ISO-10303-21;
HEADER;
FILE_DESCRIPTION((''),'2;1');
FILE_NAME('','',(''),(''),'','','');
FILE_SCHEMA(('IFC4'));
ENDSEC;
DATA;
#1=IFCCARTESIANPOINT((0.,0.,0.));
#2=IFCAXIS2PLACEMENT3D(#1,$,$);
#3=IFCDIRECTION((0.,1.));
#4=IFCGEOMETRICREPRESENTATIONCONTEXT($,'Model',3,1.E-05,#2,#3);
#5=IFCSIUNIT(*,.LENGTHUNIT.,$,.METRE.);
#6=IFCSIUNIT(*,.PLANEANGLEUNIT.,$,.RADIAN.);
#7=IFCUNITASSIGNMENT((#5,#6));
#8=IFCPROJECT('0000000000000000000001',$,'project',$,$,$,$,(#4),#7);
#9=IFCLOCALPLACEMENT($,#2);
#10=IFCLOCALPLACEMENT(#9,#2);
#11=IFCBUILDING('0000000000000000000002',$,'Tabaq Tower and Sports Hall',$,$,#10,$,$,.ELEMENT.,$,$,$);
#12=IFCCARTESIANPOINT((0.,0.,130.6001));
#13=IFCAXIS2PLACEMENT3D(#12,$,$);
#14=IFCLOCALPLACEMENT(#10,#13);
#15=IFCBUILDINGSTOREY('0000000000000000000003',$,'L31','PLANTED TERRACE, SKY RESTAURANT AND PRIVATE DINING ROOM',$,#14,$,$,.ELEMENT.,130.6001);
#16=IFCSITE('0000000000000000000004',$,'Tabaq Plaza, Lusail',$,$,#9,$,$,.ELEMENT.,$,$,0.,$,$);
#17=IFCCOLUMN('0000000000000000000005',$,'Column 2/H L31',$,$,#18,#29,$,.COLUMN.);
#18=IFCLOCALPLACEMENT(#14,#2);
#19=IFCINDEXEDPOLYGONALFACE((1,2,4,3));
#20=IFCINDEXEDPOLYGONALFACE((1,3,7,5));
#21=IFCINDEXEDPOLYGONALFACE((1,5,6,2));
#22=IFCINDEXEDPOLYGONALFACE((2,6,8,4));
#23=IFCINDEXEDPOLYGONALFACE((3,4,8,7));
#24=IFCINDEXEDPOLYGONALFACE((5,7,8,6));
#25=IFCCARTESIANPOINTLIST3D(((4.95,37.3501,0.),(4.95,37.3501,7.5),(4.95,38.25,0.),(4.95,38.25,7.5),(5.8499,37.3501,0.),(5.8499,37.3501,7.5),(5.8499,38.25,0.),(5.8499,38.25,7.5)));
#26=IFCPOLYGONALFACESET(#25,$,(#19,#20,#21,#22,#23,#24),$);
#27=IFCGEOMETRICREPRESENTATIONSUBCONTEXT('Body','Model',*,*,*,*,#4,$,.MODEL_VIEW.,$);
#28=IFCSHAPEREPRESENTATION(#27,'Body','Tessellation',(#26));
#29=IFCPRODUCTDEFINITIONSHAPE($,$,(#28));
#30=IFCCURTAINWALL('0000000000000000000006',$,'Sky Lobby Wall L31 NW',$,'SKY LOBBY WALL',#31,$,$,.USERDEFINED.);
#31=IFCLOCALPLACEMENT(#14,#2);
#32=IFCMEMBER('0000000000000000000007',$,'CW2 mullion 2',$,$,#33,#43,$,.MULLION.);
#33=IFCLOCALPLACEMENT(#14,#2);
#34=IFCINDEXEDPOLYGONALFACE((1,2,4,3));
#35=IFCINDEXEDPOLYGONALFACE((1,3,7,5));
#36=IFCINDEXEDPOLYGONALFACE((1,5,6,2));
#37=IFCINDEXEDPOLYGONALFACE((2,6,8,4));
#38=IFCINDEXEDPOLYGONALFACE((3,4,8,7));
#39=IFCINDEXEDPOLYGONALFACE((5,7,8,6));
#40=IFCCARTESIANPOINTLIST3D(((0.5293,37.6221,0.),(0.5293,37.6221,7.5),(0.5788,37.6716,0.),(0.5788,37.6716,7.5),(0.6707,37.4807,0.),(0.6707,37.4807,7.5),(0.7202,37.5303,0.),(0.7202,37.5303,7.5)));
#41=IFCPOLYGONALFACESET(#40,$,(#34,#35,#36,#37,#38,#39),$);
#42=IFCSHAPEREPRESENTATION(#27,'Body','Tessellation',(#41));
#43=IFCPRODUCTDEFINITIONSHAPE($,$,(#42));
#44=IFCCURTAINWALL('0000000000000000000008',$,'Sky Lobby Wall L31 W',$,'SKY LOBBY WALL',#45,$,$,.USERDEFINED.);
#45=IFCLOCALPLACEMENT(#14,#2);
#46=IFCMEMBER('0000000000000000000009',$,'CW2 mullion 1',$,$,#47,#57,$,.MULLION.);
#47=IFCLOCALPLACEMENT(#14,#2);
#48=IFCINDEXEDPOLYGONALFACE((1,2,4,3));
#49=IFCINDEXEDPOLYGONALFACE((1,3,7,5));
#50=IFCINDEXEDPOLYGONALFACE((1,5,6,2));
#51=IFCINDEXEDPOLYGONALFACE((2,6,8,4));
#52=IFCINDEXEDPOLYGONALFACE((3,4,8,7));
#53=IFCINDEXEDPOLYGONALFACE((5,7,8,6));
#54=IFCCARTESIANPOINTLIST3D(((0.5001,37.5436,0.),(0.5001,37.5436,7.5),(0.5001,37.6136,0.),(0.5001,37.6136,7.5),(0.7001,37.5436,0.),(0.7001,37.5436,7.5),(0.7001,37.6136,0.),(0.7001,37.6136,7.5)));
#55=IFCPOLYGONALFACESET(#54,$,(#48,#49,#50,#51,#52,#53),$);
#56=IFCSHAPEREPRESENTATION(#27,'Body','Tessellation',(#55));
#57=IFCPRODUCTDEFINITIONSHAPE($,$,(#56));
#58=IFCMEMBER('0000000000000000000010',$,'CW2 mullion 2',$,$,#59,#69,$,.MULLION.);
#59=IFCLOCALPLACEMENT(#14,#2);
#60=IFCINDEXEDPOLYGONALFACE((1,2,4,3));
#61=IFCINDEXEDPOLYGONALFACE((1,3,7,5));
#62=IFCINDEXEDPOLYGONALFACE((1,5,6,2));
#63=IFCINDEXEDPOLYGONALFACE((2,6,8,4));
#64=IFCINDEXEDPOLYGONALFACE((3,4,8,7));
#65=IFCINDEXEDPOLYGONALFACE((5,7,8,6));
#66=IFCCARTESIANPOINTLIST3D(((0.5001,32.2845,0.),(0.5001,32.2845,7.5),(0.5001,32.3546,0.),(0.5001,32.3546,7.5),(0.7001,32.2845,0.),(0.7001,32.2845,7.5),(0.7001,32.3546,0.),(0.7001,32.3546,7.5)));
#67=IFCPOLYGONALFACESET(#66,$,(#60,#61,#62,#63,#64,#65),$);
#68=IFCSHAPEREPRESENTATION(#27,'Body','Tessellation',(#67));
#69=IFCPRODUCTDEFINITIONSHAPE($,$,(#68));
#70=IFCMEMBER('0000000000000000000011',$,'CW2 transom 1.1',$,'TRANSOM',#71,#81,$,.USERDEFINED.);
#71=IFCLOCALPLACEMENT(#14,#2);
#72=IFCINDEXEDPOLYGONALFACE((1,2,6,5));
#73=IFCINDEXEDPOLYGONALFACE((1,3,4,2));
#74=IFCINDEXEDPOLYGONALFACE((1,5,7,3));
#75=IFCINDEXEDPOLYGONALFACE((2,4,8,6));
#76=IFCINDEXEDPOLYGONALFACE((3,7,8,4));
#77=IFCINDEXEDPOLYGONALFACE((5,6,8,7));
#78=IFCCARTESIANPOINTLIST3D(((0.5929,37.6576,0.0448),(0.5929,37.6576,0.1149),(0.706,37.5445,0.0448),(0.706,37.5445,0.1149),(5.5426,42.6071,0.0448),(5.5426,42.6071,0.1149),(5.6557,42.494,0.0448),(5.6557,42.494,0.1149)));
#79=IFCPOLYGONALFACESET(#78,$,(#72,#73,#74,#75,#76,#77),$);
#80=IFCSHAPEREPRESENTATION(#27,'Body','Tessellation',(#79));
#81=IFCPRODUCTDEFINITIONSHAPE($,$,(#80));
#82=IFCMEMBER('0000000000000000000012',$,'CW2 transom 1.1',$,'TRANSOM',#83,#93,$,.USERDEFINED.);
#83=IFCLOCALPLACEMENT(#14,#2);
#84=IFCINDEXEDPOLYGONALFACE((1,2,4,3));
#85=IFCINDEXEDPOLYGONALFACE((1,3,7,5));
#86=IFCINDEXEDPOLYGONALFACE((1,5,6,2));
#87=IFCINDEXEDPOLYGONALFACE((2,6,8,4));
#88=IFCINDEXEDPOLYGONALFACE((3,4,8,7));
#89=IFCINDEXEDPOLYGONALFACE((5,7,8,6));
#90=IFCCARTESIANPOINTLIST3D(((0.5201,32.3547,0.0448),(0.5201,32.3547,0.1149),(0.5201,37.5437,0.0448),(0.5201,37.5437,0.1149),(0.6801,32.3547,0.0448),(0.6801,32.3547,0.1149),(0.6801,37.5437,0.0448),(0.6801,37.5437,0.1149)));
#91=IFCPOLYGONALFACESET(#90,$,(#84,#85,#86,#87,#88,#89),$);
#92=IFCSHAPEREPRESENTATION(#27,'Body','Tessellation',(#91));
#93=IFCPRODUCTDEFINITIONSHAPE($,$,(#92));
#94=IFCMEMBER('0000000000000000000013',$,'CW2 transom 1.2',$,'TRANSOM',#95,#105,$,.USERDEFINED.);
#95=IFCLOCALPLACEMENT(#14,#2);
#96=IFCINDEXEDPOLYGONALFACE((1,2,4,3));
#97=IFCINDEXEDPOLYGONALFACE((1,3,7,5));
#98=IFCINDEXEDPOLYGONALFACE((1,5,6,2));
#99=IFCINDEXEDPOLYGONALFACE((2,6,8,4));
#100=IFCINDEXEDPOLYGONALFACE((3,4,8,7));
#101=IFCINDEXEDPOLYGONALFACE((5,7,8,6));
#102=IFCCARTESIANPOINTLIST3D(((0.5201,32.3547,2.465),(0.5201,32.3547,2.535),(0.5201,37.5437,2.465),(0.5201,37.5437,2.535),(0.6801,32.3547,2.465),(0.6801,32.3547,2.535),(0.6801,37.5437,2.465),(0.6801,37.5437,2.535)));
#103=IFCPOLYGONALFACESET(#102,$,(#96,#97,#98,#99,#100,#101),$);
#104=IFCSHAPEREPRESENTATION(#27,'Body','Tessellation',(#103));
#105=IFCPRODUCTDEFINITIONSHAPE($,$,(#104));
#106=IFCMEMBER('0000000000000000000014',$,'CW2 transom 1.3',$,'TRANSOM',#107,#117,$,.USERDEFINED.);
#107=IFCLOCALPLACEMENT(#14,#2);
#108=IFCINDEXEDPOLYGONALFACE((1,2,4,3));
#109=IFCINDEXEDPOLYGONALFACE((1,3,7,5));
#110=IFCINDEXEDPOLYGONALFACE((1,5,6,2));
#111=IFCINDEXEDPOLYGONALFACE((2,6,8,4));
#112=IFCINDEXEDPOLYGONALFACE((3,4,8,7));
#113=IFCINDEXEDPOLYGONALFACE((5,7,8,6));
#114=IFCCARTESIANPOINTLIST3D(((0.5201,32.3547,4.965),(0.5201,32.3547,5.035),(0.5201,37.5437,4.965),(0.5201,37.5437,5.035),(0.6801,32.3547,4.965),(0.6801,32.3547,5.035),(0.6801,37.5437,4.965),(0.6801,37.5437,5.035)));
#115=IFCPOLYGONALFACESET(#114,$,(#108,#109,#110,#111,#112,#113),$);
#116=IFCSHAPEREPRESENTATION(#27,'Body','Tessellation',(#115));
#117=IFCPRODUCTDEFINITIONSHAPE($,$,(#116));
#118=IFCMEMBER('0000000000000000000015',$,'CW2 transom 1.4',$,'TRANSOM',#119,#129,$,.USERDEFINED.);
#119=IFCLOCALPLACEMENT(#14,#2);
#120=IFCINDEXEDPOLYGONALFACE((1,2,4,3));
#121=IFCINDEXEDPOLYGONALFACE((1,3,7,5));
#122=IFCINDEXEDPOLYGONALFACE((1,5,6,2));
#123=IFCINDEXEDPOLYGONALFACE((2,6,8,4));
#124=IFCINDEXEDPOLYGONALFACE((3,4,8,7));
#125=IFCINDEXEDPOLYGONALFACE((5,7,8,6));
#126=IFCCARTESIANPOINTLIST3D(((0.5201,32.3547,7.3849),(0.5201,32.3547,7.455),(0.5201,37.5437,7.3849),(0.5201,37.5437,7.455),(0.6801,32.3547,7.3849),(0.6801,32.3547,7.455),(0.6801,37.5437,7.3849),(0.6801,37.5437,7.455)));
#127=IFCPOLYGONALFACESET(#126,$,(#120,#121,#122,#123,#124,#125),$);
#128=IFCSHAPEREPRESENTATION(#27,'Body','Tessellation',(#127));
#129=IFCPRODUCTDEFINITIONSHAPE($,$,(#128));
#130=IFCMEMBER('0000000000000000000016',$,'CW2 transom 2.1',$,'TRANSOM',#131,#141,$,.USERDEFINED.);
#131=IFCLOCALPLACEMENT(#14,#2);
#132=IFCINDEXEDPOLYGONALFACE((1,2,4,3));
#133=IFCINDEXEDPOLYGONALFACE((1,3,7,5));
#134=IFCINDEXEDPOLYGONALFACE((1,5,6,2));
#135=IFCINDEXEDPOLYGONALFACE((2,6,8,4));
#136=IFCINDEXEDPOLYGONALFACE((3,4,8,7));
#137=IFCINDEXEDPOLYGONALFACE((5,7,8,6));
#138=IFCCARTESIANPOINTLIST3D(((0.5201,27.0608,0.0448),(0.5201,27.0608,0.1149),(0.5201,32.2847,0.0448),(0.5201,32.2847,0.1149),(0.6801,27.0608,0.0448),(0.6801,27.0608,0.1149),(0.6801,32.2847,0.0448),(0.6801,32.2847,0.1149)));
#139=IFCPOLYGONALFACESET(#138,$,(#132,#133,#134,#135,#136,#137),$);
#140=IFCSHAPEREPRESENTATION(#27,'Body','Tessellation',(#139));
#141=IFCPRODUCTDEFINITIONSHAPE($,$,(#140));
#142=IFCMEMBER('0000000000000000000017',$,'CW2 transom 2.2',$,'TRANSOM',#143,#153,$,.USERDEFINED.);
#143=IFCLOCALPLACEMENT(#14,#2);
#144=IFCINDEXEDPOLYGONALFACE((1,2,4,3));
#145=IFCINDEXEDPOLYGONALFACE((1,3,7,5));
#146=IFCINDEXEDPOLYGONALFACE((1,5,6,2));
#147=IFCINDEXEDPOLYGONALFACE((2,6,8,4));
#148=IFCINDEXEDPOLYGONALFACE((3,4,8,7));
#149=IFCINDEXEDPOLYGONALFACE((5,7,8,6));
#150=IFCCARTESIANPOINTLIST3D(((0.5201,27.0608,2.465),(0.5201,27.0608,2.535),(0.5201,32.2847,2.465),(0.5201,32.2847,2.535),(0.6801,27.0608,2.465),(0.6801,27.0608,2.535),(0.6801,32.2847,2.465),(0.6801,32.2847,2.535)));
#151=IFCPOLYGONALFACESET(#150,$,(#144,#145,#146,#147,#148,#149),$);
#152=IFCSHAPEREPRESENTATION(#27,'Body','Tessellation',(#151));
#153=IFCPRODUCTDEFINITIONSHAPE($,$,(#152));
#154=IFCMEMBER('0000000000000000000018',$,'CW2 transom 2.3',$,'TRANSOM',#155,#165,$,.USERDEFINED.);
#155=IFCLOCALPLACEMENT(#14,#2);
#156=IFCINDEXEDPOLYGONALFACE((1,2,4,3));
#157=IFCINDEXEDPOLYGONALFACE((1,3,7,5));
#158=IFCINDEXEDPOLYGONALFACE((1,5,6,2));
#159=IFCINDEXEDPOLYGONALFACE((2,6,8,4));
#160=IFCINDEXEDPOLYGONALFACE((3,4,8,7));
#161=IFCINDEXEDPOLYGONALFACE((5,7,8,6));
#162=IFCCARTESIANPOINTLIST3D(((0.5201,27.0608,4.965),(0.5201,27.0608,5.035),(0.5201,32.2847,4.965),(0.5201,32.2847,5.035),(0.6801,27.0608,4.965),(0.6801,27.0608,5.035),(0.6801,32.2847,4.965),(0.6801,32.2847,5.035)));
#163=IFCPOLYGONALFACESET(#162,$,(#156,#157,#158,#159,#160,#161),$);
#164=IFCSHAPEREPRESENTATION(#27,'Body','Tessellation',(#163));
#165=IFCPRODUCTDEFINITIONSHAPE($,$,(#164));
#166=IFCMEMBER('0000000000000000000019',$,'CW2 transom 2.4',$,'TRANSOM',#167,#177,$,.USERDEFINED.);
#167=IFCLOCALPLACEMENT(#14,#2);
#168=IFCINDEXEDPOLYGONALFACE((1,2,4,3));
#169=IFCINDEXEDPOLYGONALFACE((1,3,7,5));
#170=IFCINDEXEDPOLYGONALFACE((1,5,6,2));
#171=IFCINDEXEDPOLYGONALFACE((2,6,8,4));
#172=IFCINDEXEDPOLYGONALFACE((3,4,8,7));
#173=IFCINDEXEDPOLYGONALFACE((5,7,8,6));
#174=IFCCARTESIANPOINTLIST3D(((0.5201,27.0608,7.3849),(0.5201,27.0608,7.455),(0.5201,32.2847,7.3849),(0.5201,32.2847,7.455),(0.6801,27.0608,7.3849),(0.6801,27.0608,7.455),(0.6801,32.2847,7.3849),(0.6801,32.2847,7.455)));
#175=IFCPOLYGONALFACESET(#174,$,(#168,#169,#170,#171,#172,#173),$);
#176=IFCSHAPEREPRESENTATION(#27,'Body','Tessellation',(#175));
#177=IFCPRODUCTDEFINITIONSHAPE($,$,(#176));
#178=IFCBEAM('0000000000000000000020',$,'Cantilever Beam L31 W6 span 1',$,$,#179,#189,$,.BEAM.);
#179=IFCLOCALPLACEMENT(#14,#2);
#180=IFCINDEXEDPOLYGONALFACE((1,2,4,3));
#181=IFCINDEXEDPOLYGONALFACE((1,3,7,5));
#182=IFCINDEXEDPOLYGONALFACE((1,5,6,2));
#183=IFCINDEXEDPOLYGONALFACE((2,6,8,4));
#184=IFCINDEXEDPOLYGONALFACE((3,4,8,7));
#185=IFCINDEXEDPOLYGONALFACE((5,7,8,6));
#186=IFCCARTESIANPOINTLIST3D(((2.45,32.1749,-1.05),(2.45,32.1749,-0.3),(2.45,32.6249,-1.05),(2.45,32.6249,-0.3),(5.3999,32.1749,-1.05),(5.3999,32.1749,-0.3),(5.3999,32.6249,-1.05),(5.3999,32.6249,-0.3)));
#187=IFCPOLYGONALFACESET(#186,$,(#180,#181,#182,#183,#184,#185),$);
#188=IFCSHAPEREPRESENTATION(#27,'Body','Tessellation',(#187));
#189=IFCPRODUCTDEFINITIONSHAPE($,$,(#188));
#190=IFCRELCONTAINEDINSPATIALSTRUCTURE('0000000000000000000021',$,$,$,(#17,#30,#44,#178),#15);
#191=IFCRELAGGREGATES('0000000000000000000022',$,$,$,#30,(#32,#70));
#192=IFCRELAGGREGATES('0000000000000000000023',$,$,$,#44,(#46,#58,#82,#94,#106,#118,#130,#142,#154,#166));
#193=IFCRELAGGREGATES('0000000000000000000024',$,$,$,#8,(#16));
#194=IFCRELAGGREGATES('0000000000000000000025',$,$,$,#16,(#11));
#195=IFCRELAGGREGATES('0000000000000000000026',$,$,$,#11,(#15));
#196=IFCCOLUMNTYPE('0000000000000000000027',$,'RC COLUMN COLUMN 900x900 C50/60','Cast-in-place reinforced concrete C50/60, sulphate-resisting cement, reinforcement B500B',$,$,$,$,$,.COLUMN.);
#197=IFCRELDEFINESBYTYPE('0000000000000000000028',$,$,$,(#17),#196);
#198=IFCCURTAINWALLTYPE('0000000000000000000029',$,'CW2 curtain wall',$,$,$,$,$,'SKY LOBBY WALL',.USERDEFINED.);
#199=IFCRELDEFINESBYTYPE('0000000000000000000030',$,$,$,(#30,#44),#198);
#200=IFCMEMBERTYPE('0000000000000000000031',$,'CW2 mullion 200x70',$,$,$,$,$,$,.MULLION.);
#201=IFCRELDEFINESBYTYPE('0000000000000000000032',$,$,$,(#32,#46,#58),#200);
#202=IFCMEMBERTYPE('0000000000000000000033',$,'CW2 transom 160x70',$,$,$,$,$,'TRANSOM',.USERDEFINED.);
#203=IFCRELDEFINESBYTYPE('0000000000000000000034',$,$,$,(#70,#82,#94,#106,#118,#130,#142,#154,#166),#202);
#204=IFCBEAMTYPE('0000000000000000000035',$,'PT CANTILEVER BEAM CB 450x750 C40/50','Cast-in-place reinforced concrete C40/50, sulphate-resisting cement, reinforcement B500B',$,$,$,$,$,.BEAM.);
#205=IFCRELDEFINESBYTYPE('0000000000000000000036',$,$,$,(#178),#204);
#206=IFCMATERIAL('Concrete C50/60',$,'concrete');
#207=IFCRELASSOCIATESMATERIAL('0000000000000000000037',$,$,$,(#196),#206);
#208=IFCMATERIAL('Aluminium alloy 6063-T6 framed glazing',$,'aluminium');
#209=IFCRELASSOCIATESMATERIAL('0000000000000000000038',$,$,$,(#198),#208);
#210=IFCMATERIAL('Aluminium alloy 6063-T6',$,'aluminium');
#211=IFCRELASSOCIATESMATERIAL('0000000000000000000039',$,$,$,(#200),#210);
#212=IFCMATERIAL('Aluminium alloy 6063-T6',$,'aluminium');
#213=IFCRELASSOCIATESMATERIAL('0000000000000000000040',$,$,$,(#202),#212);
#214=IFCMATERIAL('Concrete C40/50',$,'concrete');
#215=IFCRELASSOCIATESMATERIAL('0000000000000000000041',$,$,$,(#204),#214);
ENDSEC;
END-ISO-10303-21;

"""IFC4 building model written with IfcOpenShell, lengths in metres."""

from ifc_helpers import new_model, si_unit, direction, frame, origin, origin_2d, place, context, subcontext, project, spatial, rectangle, extrude, material, material_profile, profile_set, type_object, element, aggregate, save


model = new_model("IFC4")

# Units and contexts
model_context = context("Model", 3, precision=1e-05, world=origin(), true_north=direction((0.0, 1.0)))
body_context = subcontext(model_context, "Body", "Model", "MODEL_VIEW")
ifc_project = project(units=[si_unit("LENGTHUNIT", "METRE"), si_unit("PLANEANGLEUNIT", "RADIAN")], contexts=[model_context])

# Site, building, storey
site_placement = place(None, origin())
site = spatial("IfcSite", under=ifc_project, at=site_placement, Name="Tabaq Plaza, Lusail", CompositionType="ELEMENT", RefElevation=0.0)
building_placement = place(site_placement, origin())
building = spatial("IfcBuilding", under=site, at=building_placement, Name="Tabaq Tower and Sports Hall", CompositionType="ELEMENT")
storey_placement = place(building_placement, frame((0.0, 0.0, 130.6001)))
storey = spatial("IfcBuildingStorey", under=building, at=storey_placement, Name="L31", Description="PLANTED TERRACE, SKY RESTAURANT AND PRIVATE DINING ROOM", CompositionType="ELEMENT", Elevation=130.6001)

# Column
ifc_material_1 = material(Name="Concrete C50/60", Category="concrete")
ifc_material_profile_1 = material_profile(ifc_material_1, rectangle(XDim=0.8999, YDim=0.8999, at=origin_2d()), Name="COLUMN 900x900")
ifc_profile_set_1 = profile_set([ifc_material_profile_1], Name="Concrete C50/60")
column_type = type_object("IfcColumnType", Name="RC COLUMN COLUMN 900x900 C50/60", Description="Cast-in-place reinforced concrete C50/60, sulphate-resisting cement, reinforcement B500B", PredefinedType="COLUMN", material=ifc_profile_set_1)
column_placement = place(storey_placement, frame((5.3999, 37.8, 0.0), z_axis=(0.0, 0.0, 1.0), x_axis=(1.0, 0.0, 0.0)))
element("IfcColumn", 1, at=column_placement, inside=storey, type_object=column_type, Name="Column 2/H L31", PredefinedType="COLUMN", context=body_context, shape_type="SweptSolid", body=[
    extrude(rectangle(XDim=0.8999, YDim=0.8999, at=origin_2d()), origin(), (0.0, 0.0, 1.0), 7.5),
])

# Curtain wall, member
ifc_material_2 = material(Name="Aluminium alloy 6063-T6 framed glazing", Category="aluminium")
curtain_wall_type = type_object("IfcCurtainWallType", Name="CW2 curtain wall", ElementType="SKY LOBBY WALL", PredefinedType="USERDEFINED", material=ifc_material_2)
curtain_wall_1_placement = place(storey_placement, origin())
curtain_wall_1 = element("IfcCurtainWall", 2, at=curtain_wall_1_placement, inside=storey, type_object=curtain_wall_type, Name="Sky Lobby Wall L31 NW", ObjectType="SKY LOBBY WALL", PredefinedType="USERDEFINED")
ifc_material_3 = material(Name="Aluminium alloy 6063-T6", Category="aluminium")
ifc_material_profile_2 = material_profile(ifc_material_3, rectangle(XDim=0.2, YDim=0.0701, at=origin_2d()), Name="MULLION 200x70")
ifc_profile_set_2 = profile_set([ifc_material_profile_2], Name="Aluminium alloy 6063-T6")
member_type_1 = type_object("IfcMemberType", Name="CW2 mullion 200x70", PredefinedType="MULLION", material=ifc_profile_set_2)
member_1_placement = place(storey_placement, frame((0.6248, 37.5762, 0.0), z_axis=(0.0, 0.0, 1.0), x_axis=(0.707107, -0.707107, 0.0)))
member_1 = element("IfcMember", 3, at=member_1_placement, type_object=member_type_1, Name="CW2 mullion 2", PredefinedType="MULLION", context=body_context, shape_type="SweptSolid", body=[
    extrude(rectangle(XDim=0.2, YDim=0.0701, at=origin_2d()), origin(), (0.0, 0.0, 1.0), 7.5),
])

# Curtain wall, members
curtain_wall_2_placement = place(storey_placement, origin())
curtain_wall_2 = element("IfcCurtainWall", 4, at=curtain_wall_2_placement, inside=storey, type_object=curtain_wall_type, Name="Sky Lobby Wall L31 W", ObjectType="SKY LOBBY WALL", PredefinedType="USERDEFINED")
member_2_placement = place(storey_placement, frame((0.6001, 37.5786, 0.0), z_axis=(0.0, 0.0, 1.0), x_axis=(1.0, 0.0, 0.0)))
member_2 = element("IfcMember", 5, at=member_2_placement, type_object=member_type_1, Name="CW2 mullion 1", PredefinedType="MULLION", context=body_context, shape_type="SweptSolid", body=[
    extrude(rectangle(XDim=0.2, YDim=0.0701, at=origin_2d()), origin(), (0.0, 0.0, 1.0), 7.5),
])
member_3_placement = place(storey_placement, frame((0.6001, 32.3196, 0.0), z_axis=(0.0, 0.0, 1.0), x_axis=(1.0, 0.0, 0.0)))
member_3 = element("IfcMember", 6, at=member_3_placement, type_object=member_type_1, Name="CW2 mullion 2", PredefinedType="MULLION", context=body_context, shape_type="SweptSolid", body=[
    extrude(rectangle(XDim=0.2, YDim=0.0701, at=origin_2d()), origin(), (0.0, 0.0, 1.0), 7.5),
])

# Members
ifc_material_4 = material(Name="Aluminium alloy 6063-T6", Category="aluminium")
ifc_material_profile_3 = material_profile(ifc_material_4, rectangle(XDim=0.1599, YDim=0.0701, at=origin_2d()), Name="TRANSOM 160x70")
ifc_profile_set_3 = profile_set([ifc_material_profile_3], Name="Aluminium alloy 6063-T6")
member_type_2 = type_object("IfcMemberType", Name="CW2 transom 160x70", ElementType="TRANSOM", PredefinedType="USERDEFINED", material=ifc_profile_set_3)
member_4_placement = place(storey_placement, frame((5.5991, 42.5505, 0.0798), z_axis=(-0.707124, -0.707089, 0.0), x_axis=(0.707089, -0.707124, 0.0)))
member_4 = element("IfcMember", 7, at=member_4_placement, type_object=member_type_2, Name="CW2 transom 1.1", ObjectType="TRANSOM", PredefinedType="USERDEFINED", context=body_context, shape_type="SweptSolid", body=[
    extrude(rectangle(XDim=0.1599, YDim=0.0701, at=origin_2d()), origin(), (0.0, 0.0, 1.0), 6.9998),
])
member_5_placement = place(storey_placement, frame((0.6001, 37.5437, 0.0798), z_axis=(0.0, -1.0, 0.0), x_axis=(1.0, 0.0, 0.0)))
member_5 = element("IfcMember", 8, at=member_5_placement, type_object=member_type_2, Name="CW2 transom 1.1", ObjectType="TRANSOM", PredefinedType="USERDEFINED", context=body_context, shape_type="SweptSolid", body=[
    extrude(rectangle(XDim=0.1599, YDim=0.0701, at=origin_2d()), origin(), (0.0, 0.0, 1.0), 5.189),
])
member_6_placement = place(storey_placement, frame((0.6001, 37.5437, 2.5), z_axis=(0.0, -1.0, 0.0), x_axis=(1.0, 0.0, 0.0)))
member_6 = element("IfcMember", 9, at=member_6_placement, type_object=member_type_2, Name="CW2 transom 1.2", ObjectType="TRANSOM", PredefinedType="USERDEFINED", context=body_context, shape_type="SweptSolid", body=[
    extrude(rectangle(XDim=0.1599, YDim=0.0701, at=origin_2d()), origin(), (0.0, 0.0, 1.0), 5.189),
])
member_7_placement = place(storey_placement, frame((0.6001, 37.5437, 5.0), z_axis=(0.0, -1.0, 0.0), x_axis=(1.0, 0.0, 0.0)))
member_7 = element("IfcMember", 10, at=member_7_placement, type_object=member_type_2, Name="CW2 transom 1.3", ObjectType="TRANSOM", PredefinedType="USERDEFINED", context=body_context, shape_type="SweptSolid", body=[
    extrude(rectangle(XDim=0.1599, YDim=0.0701, at=origin_2d()), origin(), (0.0, 0.0, 1.0), 5.189),
])
member_8_placement = place(storey_placement, frame((0.6001, 37.5437, 7.4199), z_axis=(0.0, -1.0, 0.0), x_axis=(1.0, 0.0, 0.0)))
member_8 = element("IfcMember", 11, at=member_8_placement, type_object=member_type_2, Name="CW2 transom 1.4", ObjectType="TRANSOM", PredefinedType="USERDEFINED", context=body_context, shape_type="SweptSolid", body=[
    extrude(rectangle(XDim=0.1599, YDim=0.0701, at=origin_2d()), origin(), (0.0, 0.0, 1.0), 5.189),
])
member_9_placement = place(storey_placement, frame((0.6001, 32.2847, 0.0798), z_axis=(0.0, -1.0, 0.0), x_axis=(1.0, 0.0, 0.0)))
member_9 = element("IfcMember", 12, at=member_9_placement, type_object=member_type_2, Name="CW2 transom 2.1", ObjectType="TRANSOM", PredefinedType="USERDEFINED", context=body_context, shape_type="SweptSolid", body=[
    extrude(rectangle(XDim=0.1599, YDim=0.0701, at=origin_2d()), origin(), (0.0, 0.0, 1.0), 5.2239),
])
member_10_placement = place(storey_placement, frame((0.6001, 32.2847, 2.5), z_axis=(0.0, -1.0, 0.0), x_axis=(1.0, 0.0, 0.0)))
member_10 = element("IfcMember", 13, at=member_10_placement, type_object=member_type_2, Name="CW2 transom 2.2", ObjectType="TRANSOM", PredefinedType="USERDEFINED", context=body_context, shape_type="SweptSolid", body=[
    extrude(rectangle(XDim=0.1599, YDim=0.0701, at=origin_2d()), origin(), (0.0, 0.0, 1.0), 5.2239),
])
member_11_placement = place(storey_placement, frame((0.6001, 32.2847, 5.0), z_axis=(0.0, -1.0, 0.0), x_axis=(1.0, 0.0, 0.0)))
member_11 = element("IfcMember", 14, at=member_11_placement, type_object=member_type_2, Name="CW2 transom 2.3", ObjectType="TRANSOM", PredefinedType="USERDEFINED", context=body_context, shape_type="SweptSolid", body=[
    extrude(rectangle(XDim=0.1599, YDim=0.0701, at=origin_2d()), origin(), (0.0, 0.0, 1.0), 5.2239),
])
member_12_placement = place(storey_placement, frame((0.6001, 32.2847, 7.4199), z_axis=(0.0, -1.0, 0.0), x_axis=(1.0, 0.0, 0.0)))
member_12 = element("IfcMember", 15, at=member_12_placement, type_object=member_type_2, Name="CW2 transom 2.4", ObjectType="TRANSOM", PredefinedType="USERDEFINED", context=body_context, shape_type="SweptSolid", body=[
    extrude(rectangle(XDim=0.1599, YDim=0.0701, at=origin_2d()), origin(), (0.0, 0.0, 1.0), 5.2239),
])

# Beam
ifc_material_5 = material(Name="Concrete C40/50", Category="concrete")
ifc_material_profile_4 = material_profile(ifc_material_5, rectangle(XDim=0.45, YDim=0.75, at=origin_2d()), Name="CB 450x750")
ifc_profile_set_4 = profile_set([ifc_material_profile_4], Name="Concrete C40/50")
beam_type_1 = type_object("IfcBeamType", Name="PT CANTILEVER BEAM CB 450x750 C40/50", Description="Cast-in-place reinforced concrete C40/50, sulphate-resisting cement, reinforcement B500B", PredefinedType="BEAM", material=ifc_profile_set_4)
beam_1_placement = place(storey_placement, frame((2.45, 32.3999, -0.675), z_axis=(1.0, 0.0, 0.0), x_axis=(0.0, 1.0, 0.0)))
element("IfcBeam", 16, at=beam_1_placement, inside=storey, type_object=beam_type_1, Name="Cantilever Beam L31 W6 span 1", PredefinedType="BEAM", context=body_context, shape_type="SweptSolid", body=[
    extrude(rectangle(XDim=0.45, YDim=0.75, at=origin_2d()), origin(), (0.0, 0.0, 1.0), 2.95),
])

aggregate(curtain_wall_1, [member_1, member_4])
aggregate(curtain_wall_2, [member_2, member_3, member_5, member_6, member_7, member_8, member_9, member_10, member_11, member_12])

save(model, "model.ifc")
